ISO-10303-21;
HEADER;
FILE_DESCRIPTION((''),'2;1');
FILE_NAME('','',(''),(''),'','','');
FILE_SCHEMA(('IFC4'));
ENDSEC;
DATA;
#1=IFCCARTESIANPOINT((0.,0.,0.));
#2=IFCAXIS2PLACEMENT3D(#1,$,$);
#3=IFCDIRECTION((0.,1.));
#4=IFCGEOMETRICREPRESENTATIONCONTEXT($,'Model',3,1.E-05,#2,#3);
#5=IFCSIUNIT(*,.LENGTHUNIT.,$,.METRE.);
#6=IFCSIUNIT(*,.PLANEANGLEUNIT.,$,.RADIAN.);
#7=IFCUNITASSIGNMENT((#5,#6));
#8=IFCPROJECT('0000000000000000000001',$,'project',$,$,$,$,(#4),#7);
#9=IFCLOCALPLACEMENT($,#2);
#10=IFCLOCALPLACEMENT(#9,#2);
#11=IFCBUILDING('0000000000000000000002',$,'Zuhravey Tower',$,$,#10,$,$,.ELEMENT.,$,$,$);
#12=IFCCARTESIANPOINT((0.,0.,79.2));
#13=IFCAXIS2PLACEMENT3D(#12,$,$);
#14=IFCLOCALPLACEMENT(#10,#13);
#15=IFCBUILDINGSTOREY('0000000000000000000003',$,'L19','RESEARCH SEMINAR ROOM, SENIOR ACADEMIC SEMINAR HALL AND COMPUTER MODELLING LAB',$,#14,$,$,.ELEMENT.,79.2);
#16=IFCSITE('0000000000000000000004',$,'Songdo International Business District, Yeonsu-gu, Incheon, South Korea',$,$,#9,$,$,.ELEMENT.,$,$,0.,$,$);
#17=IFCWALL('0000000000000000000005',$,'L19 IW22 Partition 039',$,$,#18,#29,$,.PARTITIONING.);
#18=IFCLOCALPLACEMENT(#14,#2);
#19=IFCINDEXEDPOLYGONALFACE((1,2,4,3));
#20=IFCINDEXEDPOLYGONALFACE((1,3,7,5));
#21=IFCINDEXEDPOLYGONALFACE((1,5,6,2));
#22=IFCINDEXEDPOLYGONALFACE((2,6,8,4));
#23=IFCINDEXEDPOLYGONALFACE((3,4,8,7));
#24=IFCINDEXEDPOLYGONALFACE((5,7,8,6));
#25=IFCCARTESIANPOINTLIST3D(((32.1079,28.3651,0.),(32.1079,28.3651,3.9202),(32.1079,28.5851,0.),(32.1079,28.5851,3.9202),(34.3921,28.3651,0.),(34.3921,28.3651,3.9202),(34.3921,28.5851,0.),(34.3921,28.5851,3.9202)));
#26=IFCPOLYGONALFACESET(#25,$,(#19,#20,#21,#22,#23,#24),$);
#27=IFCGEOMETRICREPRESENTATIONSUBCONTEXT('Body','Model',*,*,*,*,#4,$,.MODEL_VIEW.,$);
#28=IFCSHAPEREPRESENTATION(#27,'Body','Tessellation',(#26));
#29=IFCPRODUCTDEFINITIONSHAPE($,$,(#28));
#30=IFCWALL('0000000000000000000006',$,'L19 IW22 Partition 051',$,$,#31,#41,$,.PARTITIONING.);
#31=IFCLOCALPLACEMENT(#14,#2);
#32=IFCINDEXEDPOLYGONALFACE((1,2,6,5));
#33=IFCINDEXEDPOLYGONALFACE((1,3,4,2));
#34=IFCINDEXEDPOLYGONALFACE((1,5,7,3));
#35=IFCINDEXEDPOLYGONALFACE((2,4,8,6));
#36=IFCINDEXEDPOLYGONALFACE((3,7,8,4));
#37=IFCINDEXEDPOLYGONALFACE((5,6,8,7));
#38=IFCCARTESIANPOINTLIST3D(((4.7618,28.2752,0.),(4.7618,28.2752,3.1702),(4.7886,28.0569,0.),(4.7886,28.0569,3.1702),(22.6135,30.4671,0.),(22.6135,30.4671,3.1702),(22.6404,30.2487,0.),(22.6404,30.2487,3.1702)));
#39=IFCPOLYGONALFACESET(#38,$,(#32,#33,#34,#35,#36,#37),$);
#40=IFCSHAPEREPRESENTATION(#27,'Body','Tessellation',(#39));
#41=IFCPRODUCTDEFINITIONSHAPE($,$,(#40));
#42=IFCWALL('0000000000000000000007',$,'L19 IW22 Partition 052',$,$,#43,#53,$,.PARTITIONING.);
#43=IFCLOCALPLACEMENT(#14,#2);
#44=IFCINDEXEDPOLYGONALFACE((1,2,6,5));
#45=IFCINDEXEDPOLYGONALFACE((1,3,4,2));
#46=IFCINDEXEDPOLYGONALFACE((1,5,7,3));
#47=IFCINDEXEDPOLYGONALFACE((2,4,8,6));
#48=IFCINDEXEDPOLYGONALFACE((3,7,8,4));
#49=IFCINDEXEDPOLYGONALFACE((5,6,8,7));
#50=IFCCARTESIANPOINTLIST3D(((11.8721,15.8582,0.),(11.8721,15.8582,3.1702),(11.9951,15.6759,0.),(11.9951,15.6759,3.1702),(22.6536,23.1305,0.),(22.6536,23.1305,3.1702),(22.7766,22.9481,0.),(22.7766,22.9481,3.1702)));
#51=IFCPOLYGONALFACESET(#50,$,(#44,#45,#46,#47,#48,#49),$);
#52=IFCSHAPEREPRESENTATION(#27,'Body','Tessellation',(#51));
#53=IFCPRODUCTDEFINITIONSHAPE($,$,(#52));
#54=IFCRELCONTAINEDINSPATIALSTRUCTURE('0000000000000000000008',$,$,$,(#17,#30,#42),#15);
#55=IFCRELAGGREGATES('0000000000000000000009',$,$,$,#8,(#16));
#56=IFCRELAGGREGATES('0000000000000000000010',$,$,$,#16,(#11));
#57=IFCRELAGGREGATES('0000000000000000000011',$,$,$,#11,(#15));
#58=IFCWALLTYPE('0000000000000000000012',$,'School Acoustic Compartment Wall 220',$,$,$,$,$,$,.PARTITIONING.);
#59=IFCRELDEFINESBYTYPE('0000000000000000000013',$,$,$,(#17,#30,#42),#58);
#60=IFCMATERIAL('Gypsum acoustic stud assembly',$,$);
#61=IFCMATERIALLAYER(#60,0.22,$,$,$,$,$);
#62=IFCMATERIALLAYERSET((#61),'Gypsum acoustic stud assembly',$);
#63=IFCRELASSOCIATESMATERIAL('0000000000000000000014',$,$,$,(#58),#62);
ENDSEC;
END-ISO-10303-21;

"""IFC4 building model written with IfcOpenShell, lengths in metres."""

from ifc_helpers import new_model, si_unit, direction, frame, frame_2d, origin, place, context, subcontext, project, spatial, rectangle, extrude, material, layer, layer_set, type_object, element, save


model = new_model("IFC4")

# Units and contexts
model_context = context("Model", 3, precision=1e-05, world=origin(), true_north=direction((0.0, 1.0)))
body_context = subcontext(model_context, "Body", "Model", "MODEL_VIEW")
ifc_project = project(units=[si_unit("LENGTHUNIT", "METRE"), si_unit("PLANEANGLEUNIT", "RADIAN")], contexts=[model_context])

# Site, building, storey
site_placement = place(None, origin())
site = spatial("IfcSite", under=ifc_project, at=site_placement, Name="Songdo International Business District, Yeonsu-gu, Incheon, South Korea", CompositionType="ELEMENT", RefElevation=0.0)
building_placement = place(site_placement, origin())
building = spatial("IfcBuilding", under=site, at=building_placement, Name="Zuhravey Tower", CompositionType="ELEMENT")
storey_placement = place(building_placement, frame((0.0, 0.0, 79.2)))
storey = spatial("IfcBuildingStorey", under=building, at=storey_placement, Name="L19", Description="RESEARCH SEMINAR ROOM, SENIOR ACADEMIC SEMINAR HALL AND COMPUTER MODELLING LAB", CompositionType="ELEMENT", Elevation=79.2)

# Walls
ifc_material_1 = material(Name="Gypsum acoustic stud assembly")
ifc_layer_1 = layer(ifc_material_1, 0.22)
ifc_layer_set_1 = layer_set([ifc_layer_1], Name="Gypsum acoustic stud assembly")
wall_type_1 = type_object("IfcWallType", Name="School Acoustic Compartment Wall 220", PredefinedType="PARTITIONING", material=ifc_layer_set_1)
for number, where, z_axis, x_axis, name in (
    (1, (32.1079, 28.4751, 0.0), (0.0, 0.0, 1.0), (1.0, 0.0, 0.0), "L19 IW22 Partition 039"),
):
    element("IfcWall", number, at=place(storey_placement, frame(where, z_axis=z_axis, x_axis=x_axis)), inside=storey, type_object=wall_type_1, Name=name, PredefinedType="PARTITIONING", context=body_context, shape_type="SweptSolid", body=[
        extrude(rectangle(XDim=2.2842, YDim=0.22, at=frame_2d((1.1421, 0.0))), origin(), (0.0, 0.0, 1.0), 3.9202),
    ])
wall_1_placement = place(storey_placement, frame((22.627, 30.3579, 0.0), z_axis=(0.0, 0.0, 1.0), x_axis=(-0.992546, -0.121868, 0.0)))
element("IfcWall", 2, at=wall_1_placement, inside=storey, type_object=wall_type_1, Name="L19 IW22 Partition 051", PredefinedType="PARTITIONING", context=body_context, shape_type="SweptSolid", body=[
    extrude(rectangle(XDim=17.9858, YDim=0.22, at=frame_2d((8.9929, 0.0))), origin(), (0.0, 0.0, 1.0), 3.1702),
])
wall_2_placement = place(storey_placement, frame((22.7151, 23.0393, 0.0), z_axis=(0.0, 0.0, 1.0), x_axis=(-0.829037, -0.559193, 0.0)))
element("IfcWall", 3, at=wall_2_placement, inside=storey, type_object=wall_type_1, Name="L19 IW22 Partition 052", PredefinedType="PARTITIONING", context=body_context, shape_type="SweptSolid", body=[
    extrude(rectangle(XDim=13.0049, YDim=0.22, at=frame_2d((6.5024, 0.0))), origin(), (0.0, 0.0, 1.0), 3.1702),
])

save(model, "model.ifc")
